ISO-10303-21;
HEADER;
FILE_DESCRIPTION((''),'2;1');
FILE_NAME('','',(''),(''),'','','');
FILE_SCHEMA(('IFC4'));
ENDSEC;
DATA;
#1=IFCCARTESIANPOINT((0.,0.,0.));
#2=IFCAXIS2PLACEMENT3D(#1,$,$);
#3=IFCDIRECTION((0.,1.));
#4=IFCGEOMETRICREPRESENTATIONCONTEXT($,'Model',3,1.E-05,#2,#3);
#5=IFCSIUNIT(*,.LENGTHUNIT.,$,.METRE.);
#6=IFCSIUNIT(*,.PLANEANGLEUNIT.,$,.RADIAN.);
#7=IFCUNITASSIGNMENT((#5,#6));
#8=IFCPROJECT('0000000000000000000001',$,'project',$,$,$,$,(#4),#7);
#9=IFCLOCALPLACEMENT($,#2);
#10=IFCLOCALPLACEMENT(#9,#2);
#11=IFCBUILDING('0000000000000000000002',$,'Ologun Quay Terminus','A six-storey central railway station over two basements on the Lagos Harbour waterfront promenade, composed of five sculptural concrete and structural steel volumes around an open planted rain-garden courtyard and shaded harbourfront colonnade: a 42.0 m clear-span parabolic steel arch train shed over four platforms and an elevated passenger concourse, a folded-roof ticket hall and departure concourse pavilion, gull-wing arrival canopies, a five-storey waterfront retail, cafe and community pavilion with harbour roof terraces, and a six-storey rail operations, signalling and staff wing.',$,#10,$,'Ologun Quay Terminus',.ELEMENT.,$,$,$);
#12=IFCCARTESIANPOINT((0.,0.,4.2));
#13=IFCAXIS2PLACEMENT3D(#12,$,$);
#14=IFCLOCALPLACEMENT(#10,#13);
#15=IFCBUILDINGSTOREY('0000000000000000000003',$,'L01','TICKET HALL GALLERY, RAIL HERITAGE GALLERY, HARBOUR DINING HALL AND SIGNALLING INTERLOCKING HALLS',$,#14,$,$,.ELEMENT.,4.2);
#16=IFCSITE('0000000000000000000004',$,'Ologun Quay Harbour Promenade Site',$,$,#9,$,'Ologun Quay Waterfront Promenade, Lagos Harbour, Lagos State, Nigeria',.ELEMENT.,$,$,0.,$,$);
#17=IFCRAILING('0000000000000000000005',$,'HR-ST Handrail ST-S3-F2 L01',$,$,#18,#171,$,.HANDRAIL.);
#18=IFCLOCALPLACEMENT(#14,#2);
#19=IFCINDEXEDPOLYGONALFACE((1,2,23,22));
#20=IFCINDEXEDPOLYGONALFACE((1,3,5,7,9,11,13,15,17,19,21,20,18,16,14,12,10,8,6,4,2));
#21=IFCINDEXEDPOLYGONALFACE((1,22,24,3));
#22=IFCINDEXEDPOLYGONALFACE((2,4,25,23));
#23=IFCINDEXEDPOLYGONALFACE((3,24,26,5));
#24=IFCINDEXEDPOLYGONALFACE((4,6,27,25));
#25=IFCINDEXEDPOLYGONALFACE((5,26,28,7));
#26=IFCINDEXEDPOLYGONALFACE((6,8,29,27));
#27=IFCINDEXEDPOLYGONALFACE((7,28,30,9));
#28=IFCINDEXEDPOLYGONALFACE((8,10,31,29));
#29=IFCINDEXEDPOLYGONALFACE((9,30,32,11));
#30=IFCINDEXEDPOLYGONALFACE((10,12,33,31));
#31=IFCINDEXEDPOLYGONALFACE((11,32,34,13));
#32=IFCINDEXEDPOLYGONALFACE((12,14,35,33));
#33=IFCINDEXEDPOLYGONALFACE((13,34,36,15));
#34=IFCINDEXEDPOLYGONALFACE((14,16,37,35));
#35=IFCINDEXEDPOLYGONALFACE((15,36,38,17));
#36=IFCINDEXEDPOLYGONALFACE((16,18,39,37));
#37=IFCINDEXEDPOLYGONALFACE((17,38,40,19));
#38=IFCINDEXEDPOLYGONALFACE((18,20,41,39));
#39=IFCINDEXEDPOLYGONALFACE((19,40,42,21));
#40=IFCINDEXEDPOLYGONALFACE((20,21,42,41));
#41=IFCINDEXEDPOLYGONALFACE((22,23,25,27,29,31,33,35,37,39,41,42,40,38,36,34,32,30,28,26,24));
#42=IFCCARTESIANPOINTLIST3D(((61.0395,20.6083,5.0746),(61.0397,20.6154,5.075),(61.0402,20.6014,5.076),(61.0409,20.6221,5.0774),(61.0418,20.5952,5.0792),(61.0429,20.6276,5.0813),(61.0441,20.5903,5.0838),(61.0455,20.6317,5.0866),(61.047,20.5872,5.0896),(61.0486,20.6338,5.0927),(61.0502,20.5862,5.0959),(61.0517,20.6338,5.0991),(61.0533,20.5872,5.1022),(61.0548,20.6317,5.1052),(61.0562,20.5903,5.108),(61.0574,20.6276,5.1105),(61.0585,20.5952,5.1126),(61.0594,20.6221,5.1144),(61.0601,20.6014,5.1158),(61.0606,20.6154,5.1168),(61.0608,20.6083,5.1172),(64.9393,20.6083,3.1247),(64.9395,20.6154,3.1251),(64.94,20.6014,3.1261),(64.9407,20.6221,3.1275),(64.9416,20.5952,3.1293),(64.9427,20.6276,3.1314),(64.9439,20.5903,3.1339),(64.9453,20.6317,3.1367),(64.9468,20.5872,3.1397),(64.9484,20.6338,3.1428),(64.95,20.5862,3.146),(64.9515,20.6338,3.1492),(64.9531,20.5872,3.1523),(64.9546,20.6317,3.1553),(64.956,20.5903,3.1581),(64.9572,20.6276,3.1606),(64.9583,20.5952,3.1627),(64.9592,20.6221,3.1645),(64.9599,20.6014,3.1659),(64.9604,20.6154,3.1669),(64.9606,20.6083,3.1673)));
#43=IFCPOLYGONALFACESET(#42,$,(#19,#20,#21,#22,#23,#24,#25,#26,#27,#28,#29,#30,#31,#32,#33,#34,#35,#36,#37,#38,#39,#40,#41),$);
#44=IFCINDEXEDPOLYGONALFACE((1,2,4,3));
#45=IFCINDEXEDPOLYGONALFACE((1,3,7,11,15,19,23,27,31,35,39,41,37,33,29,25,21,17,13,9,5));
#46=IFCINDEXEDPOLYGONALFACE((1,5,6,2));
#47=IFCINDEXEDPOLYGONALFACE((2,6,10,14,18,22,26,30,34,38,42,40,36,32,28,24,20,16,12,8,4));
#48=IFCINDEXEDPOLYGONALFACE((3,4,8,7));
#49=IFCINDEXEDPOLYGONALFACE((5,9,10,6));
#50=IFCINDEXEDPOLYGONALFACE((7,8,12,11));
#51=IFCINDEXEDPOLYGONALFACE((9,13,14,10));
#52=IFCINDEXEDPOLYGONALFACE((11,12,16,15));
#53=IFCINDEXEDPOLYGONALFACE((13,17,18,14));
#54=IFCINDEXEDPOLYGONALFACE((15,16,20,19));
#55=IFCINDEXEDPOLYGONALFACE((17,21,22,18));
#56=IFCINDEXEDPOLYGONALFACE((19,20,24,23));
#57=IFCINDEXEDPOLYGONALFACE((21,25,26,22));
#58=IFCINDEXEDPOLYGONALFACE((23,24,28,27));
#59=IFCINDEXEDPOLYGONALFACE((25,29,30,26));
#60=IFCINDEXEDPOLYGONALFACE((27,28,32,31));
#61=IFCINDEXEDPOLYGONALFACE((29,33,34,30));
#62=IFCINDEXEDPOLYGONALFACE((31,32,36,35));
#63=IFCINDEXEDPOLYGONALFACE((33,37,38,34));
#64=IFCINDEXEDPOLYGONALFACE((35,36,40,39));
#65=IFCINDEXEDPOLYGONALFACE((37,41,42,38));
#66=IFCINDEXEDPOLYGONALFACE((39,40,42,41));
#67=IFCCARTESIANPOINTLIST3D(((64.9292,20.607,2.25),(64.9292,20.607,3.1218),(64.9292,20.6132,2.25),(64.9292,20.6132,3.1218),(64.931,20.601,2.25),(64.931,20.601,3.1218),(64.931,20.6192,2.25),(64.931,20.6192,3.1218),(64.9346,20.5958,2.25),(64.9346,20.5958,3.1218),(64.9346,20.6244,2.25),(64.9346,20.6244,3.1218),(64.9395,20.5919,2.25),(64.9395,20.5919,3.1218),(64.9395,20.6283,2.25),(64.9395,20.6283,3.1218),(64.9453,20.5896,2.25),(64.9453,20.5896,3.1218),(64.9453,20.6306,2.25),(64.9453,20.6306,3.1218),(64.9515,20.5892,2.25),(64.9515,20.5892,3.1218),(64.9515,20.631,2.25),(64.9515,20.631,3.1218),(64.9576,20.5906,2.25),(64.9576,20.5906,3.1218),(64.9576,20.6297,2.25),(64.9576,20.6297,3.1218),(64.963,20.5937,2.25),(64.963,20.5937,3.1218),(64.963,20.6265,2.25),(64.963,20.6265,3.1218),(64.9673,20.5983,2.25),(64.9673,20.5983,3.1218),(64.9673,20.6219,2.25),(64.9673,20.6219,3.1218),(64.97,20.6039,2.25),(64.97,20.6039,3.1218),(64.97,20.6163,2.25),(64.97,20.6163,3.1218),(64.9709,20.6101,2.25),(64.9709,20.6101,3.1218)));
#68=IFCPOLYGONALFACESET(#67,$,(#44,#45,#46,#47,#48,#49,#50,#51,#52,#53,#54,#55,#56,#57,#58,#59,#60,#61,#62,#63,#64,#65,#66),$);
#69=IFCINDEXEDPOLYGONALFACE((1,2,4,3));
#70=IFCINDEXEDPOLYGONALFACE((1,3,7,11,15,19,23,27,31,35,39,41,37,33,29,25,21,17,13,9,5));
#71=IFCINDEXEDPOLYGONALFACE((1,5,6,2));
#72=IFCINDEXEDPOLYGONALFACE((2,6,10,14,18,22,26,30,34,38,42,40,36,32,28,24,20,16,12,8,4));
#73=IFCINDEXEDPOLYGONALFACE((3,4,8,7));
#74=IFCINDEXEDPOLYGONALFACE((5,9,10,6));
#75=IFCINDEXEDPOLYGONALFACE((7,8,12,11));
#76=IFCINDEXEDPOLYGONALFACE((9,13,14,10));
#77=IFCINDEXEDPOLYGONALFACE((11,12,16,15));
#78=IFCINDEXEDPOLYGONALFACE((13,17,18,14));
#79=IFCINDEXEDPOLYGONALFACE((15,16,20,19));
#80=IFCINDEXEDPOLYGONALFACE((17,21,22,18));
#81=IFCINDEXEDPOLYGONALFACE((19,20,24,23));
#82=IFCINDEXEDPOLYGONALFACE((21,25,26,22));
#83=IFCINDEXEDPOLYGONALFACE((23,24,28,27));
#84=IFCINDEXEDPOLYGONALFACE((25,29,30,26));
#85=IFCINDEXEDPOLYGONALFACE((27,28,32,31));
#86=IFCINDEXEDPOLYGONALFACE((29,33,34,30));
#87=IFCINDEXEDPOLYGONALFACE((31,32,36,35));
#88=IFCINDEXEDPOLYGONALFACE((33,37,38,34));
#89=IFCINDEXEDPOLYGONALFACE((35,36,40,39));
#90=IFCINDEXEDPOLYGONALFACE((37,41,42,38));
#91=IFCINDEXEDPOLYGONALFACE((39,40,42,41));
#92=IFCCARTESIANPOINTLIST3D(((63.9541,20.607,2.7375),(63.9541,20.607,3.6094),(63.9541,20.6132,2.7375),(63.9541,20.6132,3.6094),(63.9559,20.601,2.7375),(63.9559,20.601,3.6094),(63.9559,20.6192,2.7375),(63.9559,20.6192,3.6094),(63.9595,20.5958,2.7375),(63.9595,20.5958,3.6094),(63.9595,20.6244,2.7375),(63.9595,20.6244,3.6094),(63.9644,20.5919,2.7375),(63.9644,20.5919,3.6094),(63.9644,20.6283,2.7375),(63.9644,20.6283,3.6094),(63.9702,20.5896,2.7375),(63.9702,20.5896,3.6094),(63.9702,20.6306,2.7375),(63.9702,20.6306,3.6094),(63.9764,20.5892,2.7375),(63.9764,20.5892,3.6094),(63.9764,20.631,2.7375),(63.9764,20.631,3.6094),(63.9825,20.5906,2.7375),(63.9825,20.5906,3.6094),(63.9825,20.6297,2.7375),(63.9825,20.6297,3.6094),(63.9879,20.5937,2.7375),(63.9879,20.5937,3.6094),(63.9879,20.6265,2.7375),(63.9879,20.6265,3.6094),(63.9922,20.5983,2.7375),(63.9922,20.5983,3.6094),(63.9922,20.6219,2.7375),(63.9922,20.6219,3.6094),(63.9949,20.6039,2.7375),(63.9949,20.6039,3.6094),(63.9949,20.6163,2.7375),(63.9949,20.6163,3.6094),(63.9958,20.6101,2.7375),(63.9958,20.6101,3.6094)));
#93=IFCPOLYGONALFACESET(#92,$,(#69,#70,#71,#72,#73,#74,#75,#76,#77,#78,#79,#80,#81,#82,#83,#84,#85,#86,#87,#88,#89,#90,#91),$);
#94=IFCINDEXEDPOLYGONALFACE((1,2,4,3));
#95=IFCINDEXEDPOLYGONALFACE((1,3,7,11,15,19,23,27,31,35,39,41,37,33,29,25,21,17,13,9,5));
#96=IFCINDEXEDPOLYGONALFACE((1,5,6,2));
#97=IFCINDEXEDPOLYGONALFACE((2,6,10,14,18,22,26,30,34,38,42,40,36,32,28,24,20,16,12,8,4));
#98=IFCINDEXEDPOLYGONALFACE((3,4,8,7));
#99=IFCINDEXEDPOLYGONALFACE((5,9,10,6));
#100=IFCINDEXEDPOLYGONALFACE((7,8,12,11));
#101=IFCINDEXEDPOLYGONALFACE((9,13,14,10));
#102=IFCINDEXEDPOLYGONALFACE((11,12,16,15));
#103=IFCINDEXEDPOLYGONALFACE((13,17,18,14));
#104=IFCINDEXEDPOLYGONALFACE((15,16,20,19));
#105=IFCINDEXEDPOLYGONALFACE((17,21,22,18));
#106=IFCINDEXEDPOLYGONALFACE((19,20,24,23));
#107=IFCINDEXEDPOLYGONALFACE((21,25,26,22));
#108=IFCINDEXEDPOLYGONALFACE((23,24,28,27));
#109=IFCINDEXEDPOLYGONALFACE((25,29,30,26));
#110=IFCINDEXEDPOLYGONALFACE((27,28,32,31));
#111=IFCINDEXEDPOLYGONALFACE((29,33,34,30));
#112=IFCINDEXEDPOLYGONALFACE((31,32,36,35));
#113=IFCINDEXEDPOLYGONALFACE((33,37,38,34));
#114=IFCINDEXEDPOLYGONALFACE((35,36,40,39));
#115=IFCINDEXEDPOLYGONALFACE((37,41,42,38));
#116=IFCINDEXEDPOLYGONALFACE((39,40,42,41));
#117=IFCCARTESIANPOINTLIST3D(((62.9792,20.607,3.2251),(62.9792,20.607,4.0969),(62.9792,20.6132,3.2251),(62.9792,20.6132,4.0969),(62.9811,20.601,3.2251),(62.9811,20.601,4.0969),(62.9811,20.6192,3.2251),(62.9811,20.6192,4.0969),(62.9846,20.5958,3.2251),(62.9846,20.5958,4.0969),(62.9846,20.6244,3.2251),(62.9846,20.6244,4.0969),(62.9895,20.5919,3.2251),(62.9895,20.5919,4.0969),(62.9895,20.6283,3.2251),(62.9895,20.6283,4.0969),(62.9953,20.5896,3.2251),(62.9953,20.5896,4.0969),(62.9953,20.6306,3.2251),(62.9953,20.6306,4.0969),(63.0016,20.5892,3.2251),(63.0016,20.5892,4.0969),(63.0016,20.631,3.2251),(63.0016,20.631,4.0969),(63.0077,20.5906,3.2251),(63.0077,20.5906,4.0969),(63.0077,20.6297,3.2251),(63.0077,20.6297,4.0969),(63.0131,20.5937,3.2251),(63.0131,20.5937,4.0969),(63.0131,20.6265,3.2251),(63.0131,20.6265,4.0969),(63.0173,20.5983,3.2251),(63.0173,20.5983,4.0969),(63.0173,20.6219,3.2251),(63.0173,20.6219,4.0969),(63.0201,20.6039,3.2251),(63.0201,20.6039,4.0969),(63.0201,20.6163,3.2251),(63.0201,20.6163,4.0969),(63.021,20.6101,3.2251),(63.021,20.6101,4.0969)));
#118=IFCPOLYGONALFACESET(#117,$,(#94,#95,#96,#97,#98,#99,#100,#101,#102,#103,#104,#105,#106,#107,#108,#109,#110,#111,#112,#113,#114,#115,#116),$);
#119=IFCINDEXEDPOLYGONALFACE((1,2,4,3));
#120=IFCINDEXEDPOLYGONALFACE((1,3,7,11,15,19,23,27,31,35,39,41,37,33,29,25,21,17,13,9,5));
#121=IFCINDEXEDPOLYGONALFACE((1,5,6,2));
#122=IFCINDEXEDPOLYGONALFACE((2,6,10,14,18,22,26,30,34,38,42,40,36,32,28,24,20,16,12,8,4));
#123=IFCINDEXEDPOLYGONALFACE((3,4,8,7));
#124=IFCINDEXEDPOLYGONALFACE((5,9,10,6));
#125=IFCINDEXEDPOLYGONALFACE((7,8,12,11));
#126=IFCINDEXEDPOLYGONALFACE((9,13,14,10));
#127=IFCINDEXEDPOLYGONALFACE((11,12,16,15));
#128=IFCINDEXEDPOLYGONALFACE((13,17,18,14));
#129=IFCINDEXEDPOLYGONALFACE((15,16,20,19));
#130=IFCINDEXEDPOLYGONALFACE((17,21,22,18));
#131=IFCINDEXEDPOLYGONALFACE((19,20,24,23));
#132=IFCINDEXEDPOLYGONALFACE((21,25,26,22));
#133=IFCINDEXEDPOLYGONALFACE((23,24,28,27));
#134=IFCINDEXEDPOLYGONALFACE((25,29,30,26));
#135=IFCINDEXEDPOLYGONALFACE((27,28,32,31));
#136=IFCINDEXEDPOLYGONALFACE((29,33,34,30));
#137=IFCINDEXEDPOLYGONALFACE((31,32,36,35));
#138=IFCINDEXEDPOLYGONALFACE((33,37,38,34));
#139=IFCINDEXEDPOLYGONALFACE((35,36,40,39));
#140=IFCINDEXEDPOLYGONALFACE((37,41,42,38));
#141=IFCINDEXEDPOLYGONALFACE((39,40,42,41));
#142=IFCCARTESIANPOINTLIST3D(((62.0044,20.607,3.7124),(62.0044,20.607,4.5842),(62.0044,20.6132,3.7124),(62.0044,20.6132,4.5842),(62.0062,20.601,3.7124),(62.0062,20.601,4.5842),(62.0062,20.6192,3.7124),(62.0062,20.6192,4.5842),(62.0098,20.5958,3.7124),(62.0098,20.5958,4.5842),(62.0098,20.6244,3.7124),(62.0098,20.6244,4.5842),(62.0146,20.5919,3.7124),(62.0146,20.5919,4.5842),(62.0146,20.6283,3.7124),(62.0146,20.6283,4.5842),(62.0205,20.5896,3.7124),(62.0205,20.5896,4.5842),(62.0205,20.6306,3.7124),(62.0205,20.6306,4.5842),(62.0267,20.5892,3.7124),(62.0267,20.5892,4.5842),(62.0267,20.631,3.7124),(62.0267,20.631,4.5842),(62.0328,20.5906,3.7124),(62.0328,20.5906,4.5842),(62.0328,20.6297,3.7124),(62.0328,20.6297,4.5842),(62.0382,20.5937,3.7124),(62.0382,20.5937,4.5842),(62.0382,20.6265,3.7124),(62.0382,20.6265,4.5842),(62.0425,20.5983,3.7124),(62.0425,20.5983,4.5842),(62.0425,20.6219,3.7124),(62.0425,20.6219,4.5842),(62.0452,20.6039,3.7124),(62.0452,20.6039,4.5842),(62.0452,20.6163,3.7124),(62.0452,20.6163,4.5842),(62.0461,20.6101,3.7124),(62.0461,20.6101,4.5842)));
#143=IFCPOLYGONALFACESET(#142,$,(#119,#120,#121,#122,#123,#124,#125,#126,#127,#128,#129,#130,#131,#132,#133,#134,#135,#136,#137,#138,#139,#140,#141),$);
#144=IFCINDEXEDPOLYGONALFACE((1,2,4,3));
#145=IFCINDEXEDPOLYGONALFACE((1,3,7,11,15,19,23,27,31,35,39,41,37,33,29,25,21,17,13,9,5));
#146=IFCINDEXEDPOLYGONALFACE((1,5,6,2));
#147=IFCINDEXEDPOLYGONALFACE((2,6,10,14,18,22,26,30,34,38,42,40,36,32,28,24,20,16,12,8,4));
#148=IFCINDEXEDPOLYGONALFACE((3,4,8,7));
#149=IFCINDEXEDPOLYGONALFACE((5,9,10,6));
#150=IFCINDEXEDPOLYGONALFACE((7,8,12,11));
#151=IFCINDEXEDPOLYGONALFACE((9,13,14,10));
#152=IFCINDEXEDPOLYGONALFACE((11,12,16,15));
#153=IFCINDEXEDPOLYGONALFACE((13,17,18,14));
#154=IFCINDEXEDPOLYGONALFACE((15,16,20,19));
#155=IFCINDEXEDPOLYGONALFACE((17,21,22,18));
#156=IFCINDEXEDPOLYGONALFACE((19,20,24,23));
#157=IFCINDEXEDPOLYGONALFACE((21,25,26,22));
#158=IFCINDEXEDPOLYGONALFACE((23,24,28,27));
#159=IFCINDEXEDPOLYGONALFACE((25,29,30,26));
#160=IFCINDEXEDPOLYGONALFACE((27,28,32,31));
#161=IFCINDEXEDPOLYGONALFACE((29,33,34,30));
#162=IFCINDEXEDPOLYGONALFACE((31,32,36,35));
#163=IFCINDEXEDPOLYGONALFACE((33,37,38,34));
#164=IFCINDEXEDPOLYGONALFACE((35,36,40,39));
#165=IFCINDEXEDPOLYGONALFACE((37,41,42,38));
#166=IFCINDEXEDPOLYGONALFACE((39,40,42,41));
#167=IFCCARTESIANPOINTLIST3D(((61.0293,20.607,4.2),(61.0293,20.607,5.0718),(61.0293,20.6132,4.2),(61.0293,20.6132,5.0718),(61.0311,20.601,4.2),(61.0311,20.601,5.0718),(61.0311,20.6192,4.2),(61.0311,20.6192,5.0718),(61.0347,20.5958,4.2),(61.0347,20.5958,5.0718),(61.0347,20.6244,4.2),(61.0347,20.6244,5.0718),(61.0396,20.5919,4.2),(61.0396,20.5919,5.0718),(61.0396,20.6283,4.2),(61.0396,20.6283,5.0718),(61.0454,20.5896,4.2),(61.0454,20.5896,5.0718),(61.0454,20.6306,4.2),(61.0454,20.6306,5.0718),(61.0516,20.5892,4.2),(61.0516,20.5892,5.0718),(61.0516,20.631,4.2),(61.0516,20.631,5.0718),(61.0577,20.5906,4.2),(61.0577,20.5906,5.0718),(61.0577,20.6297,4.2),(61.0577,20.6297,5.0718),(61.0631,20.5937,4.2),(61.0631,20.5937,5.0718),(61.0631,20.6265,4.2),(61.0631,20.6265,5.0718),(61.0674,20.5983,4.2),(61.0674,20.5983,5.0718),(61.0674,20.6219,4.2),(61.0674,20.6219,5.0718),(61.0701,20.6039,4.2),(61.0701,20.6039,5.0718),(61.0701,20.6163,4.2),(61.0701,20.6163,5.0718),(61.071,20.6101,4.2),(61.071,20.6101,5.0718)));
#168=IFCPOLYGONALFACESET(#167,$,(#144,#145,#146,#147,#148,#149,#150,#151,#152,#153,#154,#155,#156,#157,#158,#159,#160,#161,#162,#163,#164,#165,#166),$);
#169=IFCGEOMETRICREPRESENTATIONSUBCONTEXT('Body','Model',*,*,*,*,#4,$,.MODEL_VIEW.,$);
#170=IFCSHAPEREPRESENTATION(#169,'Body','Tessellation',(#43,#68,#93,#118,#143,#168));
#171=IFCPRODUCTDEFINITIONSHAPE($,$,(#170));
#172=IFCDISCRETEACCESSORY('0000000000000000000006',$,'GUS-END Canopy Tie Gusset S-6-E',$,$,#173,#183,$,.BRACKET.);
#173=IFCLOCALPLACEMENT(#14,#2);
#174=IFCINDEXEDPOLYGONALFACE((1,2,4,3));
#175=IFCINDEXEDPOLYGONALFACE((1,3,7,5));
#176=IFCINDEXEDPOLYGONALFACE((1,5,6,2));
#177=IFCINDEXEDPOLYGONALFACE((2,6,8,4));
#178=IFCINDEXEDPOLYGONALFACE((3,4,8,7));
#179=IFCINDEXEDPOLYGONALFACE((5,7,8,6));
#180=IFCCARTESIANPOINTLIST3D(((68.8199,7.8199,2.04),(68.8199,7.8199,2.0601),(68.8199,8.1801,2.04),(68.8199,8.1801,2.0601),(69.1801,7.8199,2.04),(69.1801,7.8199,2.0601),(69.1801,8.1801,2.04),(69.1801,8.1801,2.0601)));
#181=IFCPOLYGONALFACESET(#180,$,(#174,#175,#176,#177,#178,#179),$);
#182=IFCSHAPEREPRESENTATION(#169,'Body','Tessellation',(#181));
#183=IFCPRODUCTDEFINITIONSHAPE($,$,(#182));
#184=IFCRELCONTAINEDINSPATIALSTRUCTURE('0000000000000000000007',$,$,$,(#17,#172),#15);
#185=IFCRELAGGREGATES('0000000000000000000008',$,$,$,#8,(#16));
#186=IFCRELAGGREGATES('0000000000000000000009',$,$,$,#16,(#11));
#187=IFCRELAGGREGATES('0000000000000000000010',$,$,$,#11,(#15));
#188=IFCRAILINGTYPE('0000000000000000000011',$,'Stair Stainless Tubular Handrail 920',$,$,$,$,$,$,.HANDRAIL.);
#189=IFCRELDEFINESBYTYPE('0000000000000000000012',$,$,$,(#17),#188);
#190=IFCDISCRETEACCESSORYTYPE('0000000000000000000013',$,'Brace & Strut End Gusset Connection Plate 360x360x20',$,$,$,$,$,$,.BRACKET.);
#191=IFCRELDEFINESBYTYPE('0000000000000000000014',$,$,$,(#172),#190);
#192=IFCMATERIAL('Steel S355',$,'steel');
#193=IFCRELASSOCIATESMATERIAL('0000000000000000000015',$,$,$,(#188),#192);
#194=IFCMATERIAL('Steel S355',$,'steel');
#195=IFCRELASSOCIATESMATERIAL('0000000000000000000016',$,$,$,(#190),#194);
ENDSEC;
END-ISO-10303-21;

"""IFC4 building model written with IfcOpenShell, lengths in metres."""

from ifc_helpers import new_model, si_unit, direction, frame, origin, origin_2d, place, context, subcontext, project, spatial, rectangle, circle, extrude, material, type_object, element, save


model = new_model("IFC4")

# Units and contexts
model_context = context("Model", 3, precision=1e-05, world=origin(), true_north=direction((0.0, 1.0)))
body_context = subcontext(model_context, "Body", "Model", "MODEL_VIEW")
ifc_project = project(units=[si_unit("LENGTHUNIT", "METRE"), si_unit("PLANEANGLEUNIT", "RADIAN")], contexts=[model_context])

# Site, building, storey
site_placement = place(None, origin())
site = spatial("IfcSite", under=ifc_project, at=site_placement, Name="Ologun Quay Harbour Promenade Site", LongName="Ologun Quay Waterfront Promenade, Lagos Harbour, Lagos State, Nigeria", CompositionType="ELEMENT", RefElevation=0.0)
building_placement = place(site_placement, origin())
building = spatial("IfcBuilding", under=site, at=building_placement, Name="Ologun Quay Terminus", Description="A six-storey central railway station over two basements on the Lagos Harbour waterfront promenade, composed of five sculptural concrete and structural steel volumes around an open planted rain-garden courtyard and shaded harbourfront colonnade: a 42.0 m clear-span parabolic steel arch train shed over four platforms and an elevated passenger concourse, a folded-roof ticket hall and departure concourse pavilion, gull-wing arrival canopies, a five-storey waterfront retail, cafe and community pavilion with harbour roof terraces, and a six-storey rail operations, signalling and staff wing.", LongName="Ologun Quay Terminus", CompositionType="ELEMENT")
storey_placement = place(building_placement, frame((0.0, 0.0, 4.2)))
storey = spatial("IfcBuildingStorey", under=building, at=storey_placement, Name="L01", Description="TICKET HALL GALLERY, RAIL HERITAGE GALLERY, HARBOUR DINING HALL AND SIGNALLING INTERLOCKING HALLS", CompositionType="ELEMENT", Elevation=4.2)

# Railing
ifc_material_1 = material(Name="Steel S355", Category="steel")
railing_type_1 = type_object("IfcRailingType", Name="Stair Stainless Tubular Handrail 920", PredefinedType="HANDRAIL", material=ifc_material_1)
railing_1_placement = place(storey_placement, frame((64.95, 20.6101, 2.25)))
element("IfcRailing", 1, at=railing_1_placement, inside=storey, type_object=railing_type_1, Name="HR-ST Handrail ST-S3-F2 L01", PredefinedType="HANDRAIL", context=body_context, shape_type="SweptSolid", body=[
    extrude(circle(Radius=0.0239, at=origin_2d()), frame((0.0, 0.0, 0.896), z_axis=(-0.894427, 0.0, 0.447214), x_axis=(0.0, -1.0, 0.0)), (0.0, 0.0, 1.0), 4.3601),
    extrude(circle(Radius=0.021, at=origin_2d()), origin(), (0.0, 0.0, 1.0), 0.8718),
    extrude(circle(Radius=0.021, at=origin_2d()), frame((-0.9751, 0.0, 0.4875)), (0.0, 0.0, 1.0), 0.8718),
    extrude(circle(Radius=0.021, at=origin_2d()), frame((-1.95, 0.0, 0.9751)), (0.0, 0.0, 1.0), 0.8718),
    extrude(circle(Radius=0.021, at=origin_2d()), frame((-2.9248, 0.0, 1.4624)), (0.0, 0.0, 1.0), 0.8718),
    extrude(circle(Radius=0.021, at=origin_2d()), frame((-3.8999, 0.0, 1.95)), (0.0, 0.0, 1.0), 0.8718),
])

# Discrete accessory
ifc_material_2 = material(Name="Steel S355", Category="steel")
discrete_accessory_type = type_object("IfcDiscreteAccessoryType", Name="Brace & Strut End Gusset Connection Plate 360x360x20", PredefinedType="BRACKET", material=ifc_material_2)
discrete_accessory_placement = place(storey_placement, frame((69.0, 8.0, 2.04), z_axis=(0.0, 0.0, 1.0), x_axis=(1.0, 0.0, 0.0)))
element("IfcDiscreteAccessory", 2, at=discrete_accessory_placement, inside=storey, type_object=discrete_accessory_type, Name="GUS-END Canopy Tie Gusset S-6-E", PredefinedType="BRACKET", context=body_context, shape_type="SweptSolid", body=[
    extrude(rectangle(XDim=0.3601, YDim=0.3601, at=origin_2d()), origin(), (0.0, 0.0, 1.0), 0.02),
])

save(model, "model.ifc")
